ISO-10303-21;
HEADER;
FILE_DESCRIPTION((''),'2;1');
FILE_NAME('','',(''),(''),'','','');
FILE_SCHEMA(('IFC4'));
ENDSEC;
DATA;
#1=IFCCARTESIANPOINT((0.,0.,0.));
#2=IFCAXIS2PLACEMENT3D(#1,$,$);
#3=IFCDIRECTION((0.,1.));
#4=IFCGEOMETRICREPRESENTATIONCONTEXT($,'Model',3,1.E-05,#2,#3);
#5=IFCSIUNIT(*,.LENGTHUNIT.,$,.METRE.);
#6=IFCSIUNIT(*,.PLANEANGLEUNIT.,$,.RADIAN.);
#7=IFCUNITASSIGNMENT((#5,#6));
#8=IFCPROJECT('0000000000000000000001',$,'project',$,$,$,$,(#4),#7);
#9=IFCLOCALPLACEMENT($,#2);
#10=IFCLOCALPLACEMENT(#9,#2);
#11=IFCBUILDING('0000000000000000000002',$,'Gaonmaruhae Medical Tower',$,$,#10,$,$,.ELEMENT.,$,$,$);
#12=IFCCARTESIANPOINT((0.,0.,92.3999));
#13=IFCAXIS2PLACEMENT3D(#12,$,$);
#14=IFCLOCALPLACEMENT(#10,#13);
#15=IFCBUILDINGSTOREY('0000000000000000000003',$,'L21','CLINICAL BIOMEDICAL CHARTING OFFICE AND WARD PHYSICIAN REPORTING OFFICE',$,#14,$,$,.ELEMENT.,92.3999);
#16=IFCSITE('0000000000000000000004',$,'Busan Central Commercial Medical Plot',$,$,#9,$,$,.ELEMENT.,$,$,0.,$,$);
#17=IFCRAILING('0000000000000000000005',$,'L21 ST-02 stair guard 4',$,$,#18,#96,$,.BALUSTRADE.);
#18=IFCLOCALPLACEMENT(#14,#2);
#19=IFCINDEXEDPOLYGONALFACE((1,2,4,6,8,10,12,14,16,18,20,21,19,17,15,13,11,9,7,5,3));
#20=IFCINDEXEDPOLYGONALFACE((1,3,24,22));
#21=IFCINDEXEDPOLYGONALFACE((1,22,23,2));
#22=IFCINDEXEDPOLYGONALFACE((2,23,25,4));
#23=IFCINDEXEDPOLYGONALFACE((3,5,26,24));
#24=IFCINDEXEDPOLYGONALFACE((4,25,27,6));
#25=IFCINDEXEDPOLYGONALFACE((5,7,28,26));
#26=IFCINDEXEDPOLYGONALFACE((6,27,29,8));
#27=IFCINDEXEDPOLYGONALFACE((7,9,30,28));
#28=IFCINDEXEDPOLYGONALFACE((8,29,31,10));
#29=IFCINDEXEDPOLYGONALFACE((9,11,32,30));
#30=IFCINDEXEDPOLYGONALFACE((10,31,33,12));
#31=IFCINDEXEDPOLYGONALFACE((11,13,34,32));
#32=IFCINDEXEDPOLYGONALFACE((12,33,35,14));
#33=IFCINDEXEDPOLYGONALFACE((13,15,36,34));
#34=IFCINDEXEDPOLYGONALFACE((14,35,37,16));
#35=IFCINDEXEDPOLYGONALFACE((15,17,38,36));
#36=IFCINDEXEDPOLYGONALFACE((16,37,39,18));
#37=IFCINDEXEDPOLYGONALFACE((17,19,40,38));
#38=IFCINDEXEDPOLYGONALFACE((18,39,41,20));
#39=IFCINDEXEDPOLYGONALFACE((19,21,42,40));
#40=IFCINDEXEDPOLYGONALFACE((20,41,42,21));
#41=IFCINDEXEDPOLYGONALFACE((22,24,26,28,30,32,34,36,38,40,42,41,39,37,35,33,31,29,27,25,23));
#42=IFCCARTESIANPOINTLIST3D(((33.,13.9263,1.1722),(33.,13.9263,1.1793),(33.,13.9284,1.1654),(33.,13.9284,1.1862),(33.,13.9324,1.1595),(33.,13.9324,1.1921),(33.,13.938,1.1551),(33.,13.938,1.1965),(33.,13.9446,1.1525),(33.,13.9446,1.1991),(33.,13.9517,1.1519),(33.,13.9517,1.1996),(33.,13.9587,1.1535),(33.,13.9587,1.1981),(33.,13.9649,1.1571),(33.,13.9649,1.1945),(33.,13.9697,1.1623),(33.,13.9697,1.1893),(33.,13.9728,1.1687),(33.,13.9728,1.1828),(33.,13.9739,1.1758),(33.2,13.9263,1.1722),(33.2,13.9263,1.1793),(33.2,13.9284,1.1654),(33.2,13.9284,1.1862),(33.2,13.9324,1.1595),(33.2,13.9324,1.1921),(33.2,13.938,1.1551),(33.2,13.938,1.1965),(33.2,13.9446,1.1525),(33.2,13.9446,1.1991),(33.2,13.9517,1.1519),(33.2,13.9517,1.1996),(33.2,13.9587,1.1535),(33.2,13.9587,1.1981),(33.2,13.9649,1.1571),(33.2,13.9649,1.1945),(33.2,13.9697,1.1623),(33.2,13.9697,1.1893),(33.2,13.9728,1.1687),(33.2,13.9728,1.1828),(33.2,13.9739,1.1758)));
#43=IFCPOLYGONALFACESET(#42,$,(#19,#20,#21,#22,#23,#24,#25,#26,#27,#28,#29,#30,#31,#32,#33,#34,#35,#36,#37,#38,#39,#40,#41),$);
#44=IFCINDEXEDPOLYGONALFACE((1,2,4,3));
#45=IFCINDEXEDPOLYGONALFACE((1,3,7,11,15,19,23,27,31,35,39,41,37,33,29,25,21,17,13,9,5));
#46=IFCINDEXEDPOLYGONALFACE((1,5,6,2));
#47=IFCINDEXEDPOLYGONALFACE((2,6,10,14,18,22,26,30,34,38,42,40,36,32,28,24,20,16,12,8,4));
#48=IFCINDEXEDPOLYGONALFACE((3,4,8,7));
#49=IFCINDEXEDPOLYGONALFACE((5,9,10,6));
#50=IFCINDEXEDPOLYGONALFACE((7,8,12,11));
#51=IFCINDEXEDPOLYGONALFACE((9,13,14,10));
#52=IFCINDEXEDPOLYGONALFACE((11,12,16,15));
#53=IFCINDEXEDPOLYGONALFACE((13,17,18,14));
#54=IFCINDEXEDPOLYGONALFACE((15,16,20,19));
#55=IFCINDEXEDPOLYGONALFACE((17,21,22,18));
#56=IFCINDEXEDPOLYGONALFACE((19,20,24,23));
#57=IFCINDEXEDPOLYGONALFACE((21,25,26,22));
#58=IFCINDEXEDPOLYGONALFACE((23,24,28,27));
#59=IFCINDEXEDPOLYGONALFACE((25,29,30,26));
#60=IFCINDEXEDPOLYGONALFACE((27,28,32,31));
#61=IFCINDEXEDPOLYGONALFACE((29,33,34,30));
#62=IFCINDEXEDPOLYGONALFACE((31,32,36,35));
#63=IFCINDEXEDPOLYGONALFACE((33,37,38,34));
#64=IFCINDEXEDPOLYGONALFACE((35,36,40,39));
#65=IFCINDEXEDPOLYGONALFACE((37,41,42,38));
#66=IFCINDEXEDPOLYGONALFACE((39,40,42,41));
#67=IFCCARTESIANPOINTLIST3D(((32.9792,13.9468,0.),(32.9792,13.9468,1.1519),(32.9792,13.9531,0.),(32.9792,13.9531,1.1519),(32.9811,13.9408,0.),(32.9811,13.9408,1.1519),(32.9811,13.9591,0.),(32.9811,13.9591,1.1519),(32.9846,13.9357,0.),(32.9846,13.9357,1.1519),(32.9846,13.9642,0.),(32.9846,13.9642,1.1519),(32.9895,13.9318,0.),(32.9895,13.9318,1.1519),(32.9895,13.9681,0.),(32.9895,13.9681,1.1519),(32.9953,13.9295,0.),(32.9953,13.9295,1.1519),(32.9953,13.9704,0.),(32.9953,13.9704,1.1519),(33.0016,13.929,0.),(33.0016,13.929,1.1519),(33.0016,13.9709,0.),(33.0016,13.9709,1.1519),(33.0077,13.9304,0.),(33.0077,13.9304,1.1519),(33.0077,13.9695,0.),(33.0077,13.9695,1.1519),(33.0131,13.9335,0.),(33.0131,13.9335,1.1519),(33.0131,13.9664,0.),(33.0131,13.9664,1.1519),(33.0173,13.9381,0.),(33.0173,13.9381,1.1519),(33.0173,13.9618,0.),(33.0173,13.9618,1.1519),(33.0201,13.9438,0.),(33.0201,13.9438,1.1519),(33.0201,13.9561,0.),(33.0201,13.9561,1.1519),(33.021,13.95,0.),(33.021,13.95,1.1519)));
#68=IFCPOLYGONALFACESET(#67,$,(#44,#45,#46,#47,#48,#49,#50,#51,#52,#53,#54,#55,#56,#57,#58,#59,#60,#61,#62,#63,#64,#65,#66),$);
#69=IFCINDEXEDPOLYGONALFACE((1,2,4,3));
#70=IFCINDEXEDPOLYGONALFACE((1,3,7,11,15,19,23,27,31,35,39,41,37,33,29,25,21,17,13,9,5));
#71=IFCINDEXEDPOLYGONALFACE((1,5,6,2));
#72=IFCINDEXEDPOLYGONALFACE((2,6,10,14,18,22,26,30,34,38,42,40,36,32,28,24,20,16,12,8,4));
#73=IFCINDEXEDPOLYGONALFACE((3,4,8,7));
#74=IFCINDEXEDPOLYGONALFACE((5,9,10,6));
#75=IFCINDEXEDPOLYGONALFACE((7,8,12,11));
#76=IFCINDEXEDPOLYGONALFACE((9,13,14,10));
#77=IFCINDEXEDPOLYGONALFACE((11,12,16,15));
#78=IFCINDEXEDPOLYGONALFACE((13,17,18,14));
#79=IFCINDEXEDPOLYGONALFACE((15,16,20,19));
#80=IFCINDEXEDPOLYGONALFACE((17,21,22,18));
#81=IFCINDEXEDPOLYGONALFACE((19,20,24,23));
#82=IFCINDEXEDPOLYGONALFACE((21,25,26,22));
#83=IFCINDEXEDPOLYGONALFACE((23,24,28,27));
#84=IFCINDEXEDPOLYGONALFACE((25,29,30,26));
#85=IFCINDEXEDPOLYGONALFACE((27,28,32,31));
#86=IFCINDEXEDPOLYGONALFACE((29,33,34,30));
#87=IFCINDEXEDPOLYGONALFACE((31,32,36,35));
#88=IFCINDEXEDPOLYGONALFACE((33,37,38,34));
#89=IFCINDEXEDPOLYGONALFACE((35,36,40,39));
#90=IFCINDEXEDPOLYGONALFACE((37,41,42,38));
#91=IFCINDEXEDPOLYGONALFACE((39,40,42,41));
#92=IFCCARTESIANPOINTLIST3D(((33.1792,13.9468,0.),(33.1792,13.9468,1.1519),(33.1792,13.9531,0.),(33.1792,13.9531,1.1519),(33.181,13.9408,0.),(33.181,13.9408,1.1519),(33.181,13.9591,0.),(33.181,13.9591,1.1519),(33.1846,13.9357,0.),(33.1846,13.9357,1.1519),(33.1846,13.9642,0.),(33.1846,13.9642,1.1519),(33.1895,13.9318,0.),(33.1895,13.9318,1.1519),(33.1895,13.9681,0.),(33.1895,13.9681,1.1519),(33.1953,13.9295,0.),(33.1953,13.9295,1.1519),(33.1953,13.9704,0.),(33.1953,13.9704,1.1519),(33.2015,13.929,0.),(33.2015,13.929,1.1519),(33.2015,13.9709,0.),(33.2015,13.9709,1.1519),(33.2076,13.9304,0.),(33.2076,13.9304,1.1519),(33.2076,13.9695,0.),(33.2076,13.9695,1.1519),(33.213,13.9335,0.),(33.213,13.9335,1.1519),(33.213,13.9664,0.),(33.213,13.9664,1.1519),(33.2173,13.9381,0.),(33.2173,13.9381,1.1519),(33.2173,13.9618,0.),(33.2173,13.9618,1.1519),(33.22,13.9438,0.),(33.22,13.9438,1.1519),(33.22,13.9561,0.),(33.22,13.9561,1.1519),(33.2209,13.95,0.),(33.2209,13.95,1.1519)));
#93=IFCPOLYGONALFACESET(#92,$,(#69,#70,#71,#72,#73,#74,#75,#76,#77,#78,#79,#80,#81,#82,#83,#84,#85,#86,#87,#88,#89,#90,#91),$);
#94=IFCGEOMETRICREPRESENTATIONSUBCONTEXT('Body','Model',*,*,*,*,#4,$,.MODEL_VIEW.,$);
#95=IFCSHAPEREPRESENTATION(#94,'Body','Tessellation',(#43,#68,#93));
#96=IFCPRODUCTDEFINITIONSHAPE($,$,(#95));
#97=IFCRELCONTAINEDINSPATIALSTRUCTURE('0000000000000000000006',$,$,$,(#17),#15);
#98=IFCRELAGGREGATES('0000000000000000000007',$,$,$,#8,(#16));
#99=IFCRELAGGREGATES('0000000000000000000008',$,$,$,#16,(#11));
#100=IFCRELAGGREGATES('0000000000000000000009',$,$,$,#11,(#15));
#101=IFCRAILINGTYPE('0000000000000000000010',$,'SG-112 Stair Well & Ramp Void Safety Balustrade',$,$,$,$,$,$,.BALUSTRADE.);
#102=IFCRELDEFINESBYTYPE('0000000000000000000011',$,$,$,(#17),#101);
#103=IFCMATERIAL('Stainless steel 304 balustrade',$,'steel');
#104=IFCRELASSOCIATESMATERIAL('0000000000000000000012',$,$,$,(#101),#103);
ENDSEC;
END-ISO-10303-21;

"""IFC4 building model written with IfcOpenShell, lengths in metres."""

from ifc_helpers import new_model, si_unit, direction, frame, origin, origin_2d, place, context, subcontext, project, spatial, circle, extrude, material, type_object, element, save


model = new_model("IFC4")

# Units and contexts
model_context = context("Model", 3, precision=1e-05, world=origin(), true_north=direction((0.0, 1.0)))
body_context = subcontext(model_context, "Body", "Model", "MODEL_VIEW")
ifc_project = project(units=[si_unit("LENGTHUNIT", "METRE"), si_unit("PLANEANGLEUNIT", "RADIAN")], contexts=[model_context])

# Site, building, storey
site_placement = place(None, origin())
site = spatial("IfcSite", under=ifc_project, at=site_placement, Name="Busan Central Commercial Medical Plot", CompositionType="ELEMENT", RefElevation=0.0)
building_placement = place(site_placement, origin())
building = spatial("IfcBuilding", under=site, at=building_placement, Name="Gaonmaruhae Medical Tower", CompositionType="ELEMENT")
storey_placement = place(building_placement, frame((0.0, 0.0, 92.3999)))
storey = spatial("IfcBuildingStorey", under=building, at=storey_placement, Name="L21", Description="CLINICAL BIOMEDICAL CHARTING OFFICE AND WARD PHYSICIAN REPORTING OFFICE", CompositionType="ELEMENT", Elevation=92.3999)

# Railing
ifc_material_1 = material(Name="Stainless steel 304 balustrade", Category="steel")
railing_type_1 = type_object("IfcRailingType", Name="SG-112 Stair Well & Ramp Void Safety Balustrade", PredefinedType="BALUSTRADE", material=ifc_material_1)
railing_1_placement = place(storey_placement, frame((33.0, 13.95, 0.0)))
element("IfcRailing", 1, at=railing_1_placement, inside=storey, type_object=railing_type_1, Name="L21 ST-02 stair guard 4", PredefinedType="BALUSTRADE", context=body_context, shape_type="SweptSolid", body=[
    extrude(circle(Radius=0.0239, at=origin_2d()), frame((0.0, 0.0, 1.1758), z_axis=(1.0, 0.0, 0.0), x_axis=(0.0, 1.0, 0.0)), (0.0, 0.0, 1.0), 0.2),
    extrude(circle(Radius=0.021, at=origin_2d()), origin(), (0.0, 0.0, 1.0), 1.1519),
    extrude(circle(Radius=0.021, at=origin_2d()), frame((0.2, 0.0, 0.0)), (0.0, 0.0, 1.0), 1.1519),
])

save(model, "model.ifc")
